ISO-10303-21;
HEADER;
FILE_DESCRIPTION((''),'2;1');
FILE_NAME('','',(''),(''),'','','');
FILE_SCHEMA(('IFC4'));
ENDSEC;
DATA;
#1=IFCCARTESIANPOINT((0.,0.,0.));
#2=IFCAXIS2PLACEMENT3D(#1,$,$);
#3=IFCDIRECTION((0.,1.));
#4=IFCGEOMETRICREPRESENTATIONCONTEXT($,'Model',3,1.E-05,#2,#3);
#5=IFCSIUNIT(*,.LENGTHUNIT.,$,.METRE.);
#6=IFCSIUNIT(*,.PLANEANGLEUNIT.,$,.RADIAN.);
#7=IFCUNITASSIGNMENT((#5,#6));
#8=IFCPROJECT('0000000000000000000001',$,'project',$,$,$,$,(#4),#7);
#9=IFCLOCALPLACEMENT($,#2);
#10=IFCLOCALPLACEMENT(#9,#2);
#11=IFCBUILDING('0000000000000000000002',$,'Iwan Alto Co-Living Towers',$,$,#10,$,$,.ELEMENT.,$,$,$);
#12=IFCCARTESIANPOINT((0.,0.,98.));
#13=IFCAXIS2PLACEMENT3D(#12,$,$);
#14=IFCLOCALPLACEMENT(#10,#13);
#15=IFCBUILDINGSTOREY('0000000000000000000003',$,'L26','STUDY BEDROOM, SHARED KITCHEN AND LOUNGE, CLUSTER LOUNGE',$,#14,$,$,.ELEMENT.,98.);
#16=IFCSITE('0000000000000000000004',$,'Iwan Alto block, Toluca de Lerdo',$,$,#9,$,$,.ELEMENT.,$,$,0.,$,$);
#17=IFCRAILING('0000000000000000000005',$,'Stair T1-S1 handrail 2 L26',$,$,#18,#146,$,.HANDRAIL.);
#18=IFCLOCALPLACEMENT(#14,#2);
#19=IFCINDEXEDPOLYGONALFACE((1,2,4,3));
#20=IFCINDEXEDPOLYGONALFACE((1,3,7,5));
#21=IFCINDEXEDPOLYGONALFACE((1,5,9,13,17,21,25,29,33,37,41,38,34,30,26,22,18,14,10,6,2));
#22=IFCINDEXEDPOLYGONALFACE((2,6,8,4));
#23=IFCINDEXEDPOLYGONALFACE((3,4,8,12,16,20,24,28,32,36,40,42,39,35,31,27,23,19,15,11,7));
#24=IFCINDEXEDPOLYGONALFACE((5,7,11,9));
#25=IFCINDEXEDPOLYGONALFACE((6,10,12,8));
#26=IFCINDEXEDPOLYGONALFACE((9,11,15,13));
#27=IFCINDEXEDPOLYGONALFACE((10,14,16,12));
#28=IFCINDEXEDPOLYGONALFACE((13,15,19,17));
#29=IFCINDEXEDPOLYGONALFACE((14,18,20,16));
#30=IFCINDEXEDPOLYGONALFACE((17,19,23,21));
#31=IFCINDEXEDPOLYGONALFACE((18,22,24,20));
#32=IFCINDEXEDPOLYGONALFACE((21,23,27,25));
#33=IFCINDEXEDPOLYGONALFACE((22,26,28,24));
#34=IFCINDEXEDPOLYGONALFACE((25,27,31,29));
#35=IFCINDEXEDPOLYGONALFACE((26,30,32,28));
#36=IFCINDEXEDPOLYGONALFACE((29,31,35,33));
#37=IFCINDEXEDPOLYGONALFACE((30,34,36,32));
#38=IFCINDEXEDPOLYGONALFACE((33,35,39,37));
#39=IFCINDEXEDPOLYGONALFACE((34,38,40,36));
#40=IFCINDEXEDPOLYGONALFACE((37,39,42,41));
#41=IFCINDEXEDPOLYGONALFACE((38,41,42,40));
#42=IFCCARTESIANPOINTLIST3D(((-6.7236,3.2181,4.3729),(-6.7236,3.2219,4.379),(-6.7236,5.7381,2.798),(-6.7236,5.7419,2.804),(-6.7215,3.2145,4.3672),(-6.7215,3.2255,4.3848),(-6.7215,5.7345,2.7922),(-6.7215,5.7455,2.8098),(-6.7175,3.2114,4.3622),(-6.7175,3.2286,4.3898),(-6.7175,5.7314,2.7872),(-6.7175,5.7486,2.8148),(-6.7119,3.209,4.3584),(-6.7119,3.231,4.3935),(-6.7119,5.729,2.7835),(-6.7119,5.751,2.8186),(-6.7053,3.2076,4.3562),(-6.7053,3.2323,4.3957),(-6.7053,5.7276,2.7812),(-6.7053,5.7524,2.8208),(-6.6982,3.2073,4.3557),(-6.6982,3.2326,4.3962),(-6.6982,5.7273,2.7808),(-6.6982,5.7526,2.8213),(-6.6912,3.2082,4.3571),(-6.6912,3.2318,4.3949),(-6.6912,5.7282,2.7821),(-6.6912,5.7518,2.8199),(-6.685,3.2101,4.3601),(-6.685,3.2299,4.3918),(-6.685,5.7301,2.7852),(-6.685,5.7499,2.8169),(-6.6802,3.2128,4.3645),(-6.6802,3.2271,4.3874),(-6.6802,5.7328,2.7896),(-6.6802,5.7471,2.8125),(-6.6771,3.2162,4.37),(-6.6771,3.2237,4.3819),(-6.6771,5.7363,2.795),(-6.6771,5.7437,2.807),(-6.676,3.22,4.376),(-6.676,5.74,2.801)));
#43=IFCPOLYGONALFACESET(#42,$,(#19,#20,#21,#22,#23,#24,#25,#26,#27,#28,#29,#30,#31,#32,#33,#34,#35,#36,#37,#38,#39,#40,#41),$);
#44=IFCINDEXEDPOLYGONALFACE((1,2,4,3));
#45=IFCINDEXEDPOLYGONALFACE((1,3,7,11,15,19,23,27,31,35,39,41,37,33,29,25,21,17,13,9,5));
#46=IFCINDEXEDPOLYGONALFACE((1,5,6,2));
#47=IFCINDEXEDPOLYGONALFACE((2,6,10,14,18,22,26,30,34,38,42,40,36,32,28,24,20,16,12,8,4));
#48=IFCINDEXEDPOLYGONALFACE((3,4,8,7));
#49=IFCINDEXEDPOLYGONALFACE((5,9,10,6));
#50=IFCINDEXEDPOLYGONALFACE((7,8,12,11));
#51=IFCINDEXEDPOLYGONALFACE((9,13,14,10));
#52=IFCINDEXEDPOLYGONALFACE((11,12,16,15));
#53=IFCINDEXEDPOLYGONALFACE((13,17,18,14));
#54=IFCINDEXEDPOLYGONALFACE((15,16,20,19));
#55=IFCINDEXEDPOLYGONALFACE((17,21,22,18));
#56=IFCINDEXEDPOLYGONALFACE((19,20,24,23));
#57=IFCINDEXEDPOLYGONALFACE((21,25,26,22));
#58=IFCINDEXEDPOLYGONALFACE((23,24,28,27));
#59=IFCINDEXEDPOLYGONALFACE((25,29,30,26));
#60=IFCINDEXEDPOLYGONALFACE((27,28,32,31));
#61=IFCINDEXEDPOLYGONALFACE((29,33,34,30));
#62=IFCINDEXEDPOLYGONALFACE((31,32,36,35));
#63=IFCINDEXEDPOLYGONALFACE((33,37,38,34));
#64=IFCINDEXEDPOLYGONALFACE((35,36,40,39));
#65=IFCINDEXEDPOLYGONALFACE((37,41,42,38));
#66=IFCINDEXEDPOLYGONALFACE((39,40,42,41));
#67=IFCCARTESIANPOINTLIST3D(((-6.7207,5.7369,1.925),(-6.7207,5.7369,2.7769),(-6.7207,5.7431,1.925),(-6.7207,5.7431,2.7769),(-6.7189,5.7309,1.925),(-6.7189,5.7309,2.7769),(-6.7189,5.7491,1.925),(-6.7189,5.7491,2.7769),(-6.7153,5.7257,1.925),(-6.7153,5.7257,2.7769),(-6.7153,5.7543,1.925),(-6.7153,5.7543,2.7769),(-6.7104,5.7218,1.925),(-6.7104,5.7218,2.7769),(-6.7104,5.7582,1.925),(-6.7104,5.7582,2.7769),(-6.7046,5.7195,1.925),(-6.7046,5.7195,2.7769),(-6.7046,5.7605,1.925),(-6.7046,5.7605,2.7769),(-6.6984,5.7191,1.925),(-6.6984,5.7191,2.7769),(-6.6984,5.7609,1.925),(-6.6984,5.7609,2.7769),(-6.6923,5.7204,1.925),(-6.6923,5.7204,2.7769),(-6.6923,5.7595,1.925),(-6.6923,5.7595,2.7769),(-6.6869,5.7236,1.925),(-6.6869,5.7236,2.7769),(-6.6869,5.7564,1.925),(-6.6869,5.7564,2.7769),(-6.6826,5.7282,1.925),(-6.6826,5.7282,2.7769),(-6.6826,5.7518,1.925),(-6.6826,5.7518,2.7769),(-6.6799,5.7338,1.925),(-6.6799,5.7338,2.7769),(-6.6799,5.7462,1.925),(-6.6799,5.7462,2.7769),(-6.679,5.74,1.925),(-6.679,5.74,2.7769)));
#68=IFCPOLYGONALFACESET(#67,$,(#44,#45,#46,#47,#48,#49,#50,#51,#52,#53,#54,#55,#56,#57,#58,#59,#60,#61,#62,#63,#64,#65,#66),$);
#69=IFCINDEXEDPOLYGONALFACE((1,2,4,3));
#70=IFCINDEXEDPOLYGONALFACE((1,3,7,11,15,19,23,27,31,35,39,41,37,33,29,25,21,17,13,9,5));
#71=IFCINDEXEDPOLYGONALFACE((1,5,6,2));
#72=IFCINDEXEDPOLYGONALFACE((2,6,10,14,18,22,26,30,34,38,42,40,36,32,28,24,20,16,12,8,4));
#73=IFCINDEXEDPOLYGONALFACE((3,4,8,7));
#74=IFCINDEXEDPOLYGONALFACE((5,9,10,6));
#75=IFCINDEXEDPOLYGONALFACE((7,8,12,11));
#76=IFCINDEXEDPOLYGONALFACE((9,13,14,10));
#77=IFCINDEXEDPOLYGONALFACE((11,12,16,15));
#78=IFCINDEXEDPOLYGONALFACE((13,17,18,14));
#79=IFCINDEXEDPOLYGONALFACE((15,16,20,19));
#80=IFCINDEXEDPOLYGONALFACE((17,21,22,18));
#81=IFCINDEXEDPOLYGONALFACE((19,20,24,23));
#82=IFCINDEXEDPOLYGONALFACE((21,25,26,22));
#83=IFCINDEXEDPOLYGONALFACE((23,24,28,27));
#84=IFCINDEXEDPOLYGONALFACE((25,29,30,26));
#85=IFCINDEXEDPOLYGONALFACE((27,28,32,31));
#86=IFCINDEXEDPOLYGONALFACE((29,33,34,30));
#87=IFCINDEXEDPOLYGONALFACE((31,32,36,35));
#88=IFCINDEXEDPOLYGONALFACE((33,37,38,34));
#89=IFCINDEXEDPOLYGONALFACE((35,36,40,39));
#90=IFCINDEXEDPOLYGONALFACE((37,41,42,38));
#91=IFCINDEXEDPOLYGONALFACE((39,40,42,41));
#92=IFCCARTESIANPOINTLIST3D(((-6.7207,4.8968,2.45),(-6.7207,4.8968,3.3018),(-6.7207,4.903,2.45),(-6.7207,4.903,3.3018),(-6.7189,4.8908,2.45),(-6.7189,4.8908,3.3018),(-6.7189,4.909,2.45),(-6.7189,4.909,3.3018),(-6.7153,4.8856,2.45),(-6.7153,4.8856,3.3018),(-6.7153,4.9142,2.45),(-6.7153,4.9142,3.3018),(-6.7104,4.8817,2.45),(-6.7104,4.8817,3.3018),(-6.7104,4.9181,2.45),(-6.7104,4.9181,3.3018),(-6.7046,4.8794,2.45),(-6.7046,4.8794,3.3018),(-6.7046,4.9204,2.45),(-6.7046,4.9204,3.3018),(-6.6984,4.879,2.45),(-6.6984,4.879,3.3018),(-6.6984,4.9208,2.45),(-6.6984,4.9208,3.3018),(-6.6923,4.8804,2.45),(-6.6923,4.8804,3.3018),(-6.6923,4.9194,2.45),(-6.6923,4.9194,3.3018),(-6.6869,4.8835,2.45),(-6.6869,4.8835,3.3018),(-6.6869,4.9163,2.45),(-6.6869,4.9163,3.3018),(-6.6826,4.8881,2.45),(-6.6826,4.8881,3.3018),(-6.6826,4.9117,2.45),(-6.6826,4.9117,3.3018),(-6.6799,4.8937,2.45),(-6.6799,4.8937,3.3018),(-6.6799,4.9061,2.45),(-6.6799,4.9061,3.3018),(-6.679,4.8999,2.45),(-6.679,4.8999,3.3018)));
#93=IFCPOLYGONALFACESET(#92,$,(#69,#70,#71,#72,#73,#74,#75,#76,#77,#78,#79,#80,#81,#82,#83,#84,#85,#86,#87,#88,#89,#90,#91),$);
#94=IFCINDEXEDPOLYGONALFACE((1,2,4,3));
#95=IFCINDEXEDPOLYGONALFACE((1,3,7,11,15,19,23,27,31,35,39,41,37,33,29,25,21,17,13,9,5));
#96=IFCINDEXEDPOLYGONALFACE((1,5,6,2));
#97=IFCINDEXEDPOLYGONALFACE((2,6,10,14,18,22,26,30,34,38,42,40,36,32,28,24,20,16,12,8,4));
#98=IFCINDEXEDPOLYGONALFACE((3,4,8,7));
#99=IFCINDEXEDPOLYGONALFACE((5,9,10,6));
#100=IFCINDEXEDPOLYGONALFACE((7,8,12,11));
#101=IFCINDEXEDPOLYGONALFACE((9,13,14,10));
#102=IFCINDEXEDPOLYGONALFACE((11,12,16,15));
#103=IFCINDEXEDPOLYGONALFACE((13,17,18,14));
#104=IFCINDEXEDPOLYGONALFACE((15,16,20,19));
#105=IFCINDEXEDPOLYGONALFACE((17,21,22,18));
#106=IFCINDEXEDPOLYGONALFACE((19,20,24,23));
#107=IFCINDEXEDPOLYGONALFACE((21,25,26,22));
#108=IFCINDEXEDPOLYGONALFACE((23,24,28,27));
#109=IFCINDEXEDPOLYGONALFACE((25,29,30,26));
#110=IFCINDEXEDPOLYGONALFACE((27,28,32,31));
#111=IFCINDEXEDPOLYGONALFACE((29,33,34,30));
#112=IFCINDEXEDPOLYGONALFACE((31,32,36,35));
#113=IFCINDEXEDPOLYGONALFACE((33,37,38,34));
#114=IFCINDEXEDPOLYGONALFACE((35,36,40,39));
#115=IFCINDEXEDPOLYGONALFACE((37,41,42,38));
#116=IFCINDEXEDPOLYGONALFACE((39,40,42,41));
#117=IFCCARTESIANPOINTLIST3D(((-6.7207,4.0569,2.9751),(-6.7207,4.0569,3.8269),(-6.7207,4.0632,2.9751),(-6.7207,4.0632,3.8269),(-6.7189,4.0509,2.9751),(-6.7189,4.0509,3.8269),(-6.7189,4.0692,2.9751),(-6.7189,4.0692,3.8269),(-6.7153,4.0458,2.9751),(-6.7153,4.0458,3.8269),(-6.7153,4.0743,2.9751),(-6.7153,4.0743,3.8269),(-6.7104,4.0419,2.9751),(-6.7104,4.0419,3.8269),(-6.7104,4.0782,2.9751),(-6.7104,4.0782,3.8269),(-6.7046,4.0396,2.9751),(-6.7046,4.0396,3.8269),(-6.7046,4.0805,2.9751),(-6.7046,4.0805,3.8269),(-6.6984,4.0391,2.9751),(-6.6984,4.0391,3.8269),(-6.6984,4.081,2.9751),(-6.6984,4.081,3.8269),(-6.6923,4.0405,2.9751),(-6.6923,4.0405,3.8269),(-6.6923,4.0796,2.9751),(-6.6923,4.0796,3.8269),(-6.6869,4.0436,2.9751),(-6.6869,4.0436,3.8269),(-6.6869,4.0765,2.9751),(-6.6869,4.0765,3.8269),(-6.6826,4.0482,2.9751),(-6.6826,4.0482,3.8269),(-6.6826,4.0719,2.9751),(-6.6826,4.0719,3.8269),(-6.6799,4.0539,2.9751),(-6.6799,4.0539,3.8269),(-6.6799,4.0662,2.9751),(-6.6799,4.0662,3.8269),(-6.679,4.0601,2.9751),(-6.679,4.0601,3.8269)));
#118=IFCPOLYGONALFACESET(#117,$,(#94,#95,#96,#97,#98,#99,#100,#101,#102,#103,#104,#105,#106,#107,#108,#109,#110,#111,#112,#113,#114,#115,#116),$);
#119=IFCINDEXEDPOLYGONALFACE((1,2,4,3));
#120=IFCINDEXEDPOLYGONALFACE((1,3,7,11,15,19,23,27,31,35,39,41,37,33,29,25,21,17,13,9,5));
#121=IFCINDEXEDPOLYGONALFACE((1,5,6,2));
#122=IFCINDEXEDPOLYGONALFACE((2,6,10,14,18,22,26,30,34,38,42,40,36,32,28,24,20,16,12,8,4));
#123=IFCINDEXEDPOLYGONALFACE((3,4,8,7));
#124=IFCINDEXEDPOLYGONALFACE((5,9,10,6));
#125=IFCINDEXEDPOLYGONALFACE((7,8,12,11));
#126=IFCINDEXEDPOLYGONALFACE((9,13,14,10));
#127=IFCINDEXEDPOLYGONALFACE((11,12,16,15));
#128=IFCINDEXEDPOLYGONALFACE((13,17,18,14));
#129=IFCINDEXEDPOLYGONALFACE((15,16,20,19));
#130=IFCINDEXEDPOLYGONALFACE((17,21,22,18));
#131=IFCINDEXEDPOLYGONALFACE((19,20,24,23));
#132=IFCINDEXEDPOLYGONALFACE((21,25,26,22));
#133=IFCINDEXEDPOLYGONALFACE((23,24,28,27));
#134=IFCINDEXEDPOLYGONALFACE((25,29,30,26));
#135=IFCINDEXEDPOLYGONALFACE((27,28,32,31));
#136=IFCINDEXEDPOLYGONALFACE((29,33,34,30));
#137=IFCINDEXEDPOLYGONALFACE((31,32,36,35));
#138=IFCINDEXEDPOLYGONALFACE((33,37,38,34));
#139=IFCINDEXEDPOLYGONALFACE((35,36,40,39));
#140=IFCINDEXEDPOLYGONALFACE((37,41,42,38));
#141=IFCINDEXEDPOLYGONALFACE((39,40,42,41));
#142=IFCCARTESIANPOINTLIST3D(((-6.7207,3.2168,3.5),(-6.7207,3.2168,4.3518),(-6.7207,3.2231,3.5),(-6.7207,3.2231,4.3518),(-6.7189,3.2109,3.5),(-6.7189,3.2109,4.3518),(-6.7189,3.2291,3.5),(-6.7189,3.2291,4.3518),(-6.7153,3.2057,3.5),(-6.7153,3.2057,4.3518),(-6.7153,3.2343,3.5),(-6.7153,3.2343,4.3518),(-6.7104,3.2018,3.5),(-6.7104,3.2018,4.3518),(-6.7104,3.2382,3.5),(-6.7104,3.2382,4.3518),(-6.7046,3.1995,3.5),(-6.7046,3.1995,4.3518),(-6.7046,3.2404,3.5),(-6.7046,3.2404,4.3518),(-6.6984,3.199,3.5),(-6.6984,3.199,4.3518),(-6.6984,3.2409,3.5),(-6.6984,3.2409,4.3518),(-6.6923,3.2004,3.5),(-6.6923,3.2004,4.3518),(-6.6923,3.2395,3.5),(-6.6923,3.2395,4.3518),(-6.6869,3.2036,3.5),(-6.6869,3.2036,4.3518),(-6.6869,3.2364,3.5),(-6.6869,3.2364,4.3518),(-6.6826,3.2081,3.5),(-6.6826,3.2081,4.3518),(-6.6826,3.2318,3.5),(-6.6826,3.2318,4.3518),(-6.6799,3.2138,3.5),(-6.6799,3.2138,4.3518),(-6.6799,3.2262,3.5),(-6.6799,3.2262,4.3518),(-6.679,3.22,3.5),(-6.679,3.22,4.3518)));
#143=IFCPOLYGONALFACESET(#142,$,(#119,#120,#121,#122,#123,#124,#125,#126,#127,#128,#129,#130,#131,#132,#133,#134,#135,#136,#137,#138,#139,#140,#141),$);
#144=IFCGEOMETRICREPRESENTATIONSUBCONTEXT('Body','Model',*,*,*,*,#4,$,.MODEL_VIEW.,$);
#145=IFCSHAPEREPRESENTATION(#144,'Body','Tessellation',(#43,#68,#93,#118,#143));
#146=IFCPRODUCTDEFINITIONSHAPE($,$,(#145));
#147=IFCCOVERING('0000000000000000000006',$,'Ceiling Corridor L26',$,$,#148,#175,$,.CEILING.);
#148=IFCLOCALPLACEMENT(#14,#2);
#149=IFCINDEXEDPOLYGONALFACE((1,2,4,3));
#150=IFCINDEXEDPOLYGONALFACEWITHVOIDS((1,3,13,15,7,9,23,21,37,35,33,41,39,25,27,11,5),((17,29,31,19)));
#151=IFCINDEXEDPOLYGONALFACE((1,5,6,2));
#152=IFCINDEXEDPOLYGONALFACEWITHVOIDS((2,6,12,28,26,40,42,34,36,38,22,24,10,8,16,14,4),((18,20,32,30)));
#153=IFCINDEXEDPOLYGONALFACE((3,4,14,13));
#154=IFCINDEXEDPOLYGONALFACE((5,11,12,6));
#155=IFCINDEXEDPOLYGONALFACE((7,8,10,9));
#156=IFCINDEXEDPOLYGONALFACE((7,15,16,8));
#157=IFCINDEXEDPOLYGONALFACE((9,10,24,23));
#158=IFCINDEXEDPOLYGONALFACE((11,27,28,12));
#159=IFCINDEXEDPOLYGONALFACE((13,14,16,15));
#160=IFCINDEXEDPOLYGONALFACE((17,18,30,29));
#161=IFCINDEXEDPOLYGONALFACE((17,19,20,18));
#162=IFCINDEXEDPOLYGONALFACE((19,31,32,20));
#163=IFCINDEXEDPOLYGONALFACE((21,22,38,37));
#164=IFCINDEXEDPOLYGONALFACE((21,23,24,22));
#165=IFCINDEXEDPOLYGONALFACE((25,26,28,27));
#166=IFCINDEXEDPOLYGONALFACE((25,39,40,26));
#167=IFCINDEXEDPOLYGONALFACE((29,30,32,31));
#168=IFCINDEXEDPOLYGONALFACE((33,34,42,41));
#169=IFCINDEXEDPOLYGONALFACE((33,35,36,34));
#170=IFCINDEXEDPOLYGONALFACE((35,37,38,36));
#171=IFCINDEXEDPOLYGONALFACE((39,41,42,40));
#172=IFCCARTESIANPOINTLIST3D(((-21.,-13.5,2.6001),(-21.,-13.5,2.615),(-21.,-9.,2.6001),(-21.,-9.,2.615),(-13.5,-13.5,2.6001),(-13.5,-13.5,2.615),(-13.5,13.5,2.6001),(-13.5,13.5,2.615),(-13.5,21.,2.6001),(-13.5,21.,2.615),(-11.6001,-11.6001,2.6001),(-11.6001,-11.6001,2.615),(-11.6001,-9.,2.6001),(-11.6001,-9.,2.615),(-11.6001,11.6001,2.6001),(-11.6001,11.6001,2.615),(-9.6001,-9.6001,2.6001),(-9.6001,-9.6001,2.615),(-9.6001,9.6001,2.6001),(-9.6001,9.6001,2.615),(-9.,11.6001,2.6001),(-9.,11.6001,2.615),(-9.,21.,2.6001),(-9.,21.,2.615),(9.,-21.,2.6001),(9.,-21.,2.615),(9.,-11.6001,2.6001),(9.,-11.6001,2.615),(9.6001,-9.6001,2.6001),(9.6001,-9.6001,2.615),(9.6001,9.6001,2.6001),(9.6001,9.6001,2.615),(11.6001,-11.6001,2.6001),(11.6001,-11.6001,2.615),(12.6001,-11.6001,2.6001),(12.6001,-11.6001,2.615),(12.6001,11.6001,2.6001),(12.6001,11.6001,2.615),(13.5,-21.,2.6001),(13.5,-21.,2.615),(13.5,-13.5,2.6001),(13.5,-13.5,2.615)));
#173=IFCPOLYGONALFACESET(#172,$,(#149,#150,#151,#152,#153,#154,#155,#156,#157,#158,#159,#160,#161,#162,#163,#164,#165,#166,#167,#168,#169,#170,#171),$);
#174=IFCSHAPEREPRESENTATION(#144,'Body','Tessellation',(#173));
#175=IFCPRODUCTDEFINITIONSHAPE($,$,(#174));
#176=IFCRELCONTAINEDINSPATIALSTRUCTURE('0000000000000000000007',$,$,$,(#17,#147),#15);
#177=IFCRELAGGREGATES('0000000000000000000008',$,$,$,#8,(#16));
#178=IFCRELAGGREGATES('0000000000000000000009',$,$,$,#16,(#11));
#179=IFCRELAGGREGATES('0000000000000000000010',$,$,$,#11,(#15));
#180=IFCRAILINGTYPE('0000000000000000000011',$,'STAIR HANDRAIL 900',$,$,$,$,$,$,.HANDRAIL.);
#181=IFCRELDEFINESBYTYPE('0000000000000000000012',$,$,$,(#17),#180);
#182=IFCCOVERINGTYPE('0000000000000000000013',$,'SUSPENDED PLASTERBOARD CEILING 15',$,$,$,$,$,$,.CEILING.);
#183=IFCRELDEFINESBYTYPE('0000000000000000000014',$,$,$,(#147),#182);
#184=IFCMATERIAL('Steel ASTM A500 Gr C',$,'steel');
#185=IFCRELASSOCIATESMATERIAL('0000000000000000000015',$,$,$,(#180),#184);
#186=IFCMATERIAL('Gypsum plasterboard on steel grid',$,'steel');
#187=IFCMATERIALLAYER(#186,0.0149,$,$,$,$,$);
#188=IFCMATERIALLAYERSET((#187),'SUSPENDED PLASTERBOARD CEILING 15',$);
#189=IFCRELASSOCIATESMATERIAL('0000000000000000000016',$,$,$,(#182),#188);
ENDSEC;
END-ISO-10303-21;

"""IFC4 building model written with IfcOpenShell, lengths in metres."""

from ifc_helpers import new_model, si_unit, direction, frame, origin, origin_2d, place, context, subcontext, project, spatial, polyline, circle, outline, extrude, material, layer, layer_set, type_object, element, save


model = new_model("IFC4")

# Units and contexts
model_context = context("Model", 3, precision=1e-05, world=origin(), true_north=direction((0.0, 1.0)))
body_context = subcontext(model_context, "Body", "Model", "MODEL_VIEW")
ifc_project = project(units=[si_unit("LENGTHUNIT", "METRE"), si_unit("PLANEANGLEUNIT", "RADIAN")], contexts=[model_context])

# Site, building, storey
site_placement = place(None, origin())
site = spatial("IfcSite", under=ifc_project, at=site_placement, Name="Iwan Alto block, Toluca de Lerdo", CompositionType="ELEMENT", RefElevation=0.0)
building_placement = place(site_placement, origin())
building = spatial("IfcBuilding", under=site, at=building_placement, Name="Iwan Alto Co-Living Towers", CompositionType="ELEMENT")
storey_placement = place(building_placement, frame((0.0, 0.0, 98.0)))
storey = spatial("IfcBuildingStorey", under=building, at=storey_placement, Name="L26", Description="STUDY BEDROOM, SHARED KITCHEN AND LOUNGE, CLUSTER LOUNGE", CompositionType="ELEMENT", Elevation=98.0)

# Railing
ifc_material_1 = material(Name="Steel ASTM A500 Gr C", Category="steel")
railing_type = type_object("IfcRailingType", Name="STAIR HANDRAIL 900", PredefinedType="HANDRAIL", material=ifc_material_1)
railing_1_placement = place(storey_placement, frame((-6.7, 5.74, 1.925)))
element("IfcRailing", 1, at=railing_1_placement, inside=storey, type_object=railing_type, Name="Stair T1-S1 handrail 2 L26", PredefinedType="HANDRAIL", context=body_context, shape_type="SweptSolid", body=[
    extrude(circle(Radius=0.0239, at=origin_2d()), frame((0.0, 0.0, 0.876), z_axis=(0.0, -0.848008, 0.529984), x_axis=(1.0, 0.0, 0.0)), (0.0, 0.0, 1.0), 2.9717),
    extrude(circle(Radius=0.021, at=origin_2d()), origin(), (0.0, 0.0, 1.0), 0.8518),
    extrude(circle(Radius=0.021, at=origin_2d()), frame((0.0, -0.8401, 0.5249)), (0.0, 0.0, 1.0), 0.8518),
    extrude(circle(Radius=0.021, at=origin_2d()), frame((0.0, -1.6799, 1.05)), (0.0, 0.0, 1.0), 0.8518),
    extrude(circle(Radius=0.021, at=origin_2d()), frame((0.0, -2.52, 1.575)), (0.0, 0.0, 1.0), 0.8518),
])

# Covering
ifc_material_2 = material(Name="Gypsum plasterboard on steel grid", Category="steel")
ifc_layer_1 = layer(ifc_material_2, 0.0149)
ifc_layer_set_1 = layer_set([ifc_layer_1], Name="SUSPENDED PLASTERBOARD CEILING 15")
covering_type_1 = type_object("IfcCoveringType", Name="SUSPENDED PLASTERBOARD CEILING 15", PredefinedType="CEILING", material=ifc_layer_set_1)
covering_1_placement = place(storey_placement, frame((0.0, 0.0, 2.6001)))
element("IfcCovering", 2, at=covering_1_placement, inside=storey, type_object=covering_type_1, Name="Ceiling Corridor L26", PredefinedType="CEILING", context=body_context, shape_type="SweptSolid", body=[
    extrude(outline(polyline([(13.5, -21.0), (9.0, -21.0), (9.0, -11.6001), (-11.6001, -11.6001), (-13.5, -13.5), (-21.0, -13.5), (-21.0, -9.0), (-11.6001, -9.0), (-11.6001, 11.6001), (-13.5, 13.5), (-13.5, 21.0), (-9.0, 21.0), (-9.0, 11.6001), (12.6001, 11.6001), (12.6001, -11.6001), (11.6001, -11.6001), (13.5, -13.5), (13.5, -21.0)]), holes=[polyline([(9.6001, -9.6001), (9.6001, 9.6001), (-9.6001, 9.6001), (-9.6001, -9.6001), (9.6001, -9.6001)])]), origin(), (0.0, 0.0, 1.0), 0.0149),
])

save(model, "model.ifc")
